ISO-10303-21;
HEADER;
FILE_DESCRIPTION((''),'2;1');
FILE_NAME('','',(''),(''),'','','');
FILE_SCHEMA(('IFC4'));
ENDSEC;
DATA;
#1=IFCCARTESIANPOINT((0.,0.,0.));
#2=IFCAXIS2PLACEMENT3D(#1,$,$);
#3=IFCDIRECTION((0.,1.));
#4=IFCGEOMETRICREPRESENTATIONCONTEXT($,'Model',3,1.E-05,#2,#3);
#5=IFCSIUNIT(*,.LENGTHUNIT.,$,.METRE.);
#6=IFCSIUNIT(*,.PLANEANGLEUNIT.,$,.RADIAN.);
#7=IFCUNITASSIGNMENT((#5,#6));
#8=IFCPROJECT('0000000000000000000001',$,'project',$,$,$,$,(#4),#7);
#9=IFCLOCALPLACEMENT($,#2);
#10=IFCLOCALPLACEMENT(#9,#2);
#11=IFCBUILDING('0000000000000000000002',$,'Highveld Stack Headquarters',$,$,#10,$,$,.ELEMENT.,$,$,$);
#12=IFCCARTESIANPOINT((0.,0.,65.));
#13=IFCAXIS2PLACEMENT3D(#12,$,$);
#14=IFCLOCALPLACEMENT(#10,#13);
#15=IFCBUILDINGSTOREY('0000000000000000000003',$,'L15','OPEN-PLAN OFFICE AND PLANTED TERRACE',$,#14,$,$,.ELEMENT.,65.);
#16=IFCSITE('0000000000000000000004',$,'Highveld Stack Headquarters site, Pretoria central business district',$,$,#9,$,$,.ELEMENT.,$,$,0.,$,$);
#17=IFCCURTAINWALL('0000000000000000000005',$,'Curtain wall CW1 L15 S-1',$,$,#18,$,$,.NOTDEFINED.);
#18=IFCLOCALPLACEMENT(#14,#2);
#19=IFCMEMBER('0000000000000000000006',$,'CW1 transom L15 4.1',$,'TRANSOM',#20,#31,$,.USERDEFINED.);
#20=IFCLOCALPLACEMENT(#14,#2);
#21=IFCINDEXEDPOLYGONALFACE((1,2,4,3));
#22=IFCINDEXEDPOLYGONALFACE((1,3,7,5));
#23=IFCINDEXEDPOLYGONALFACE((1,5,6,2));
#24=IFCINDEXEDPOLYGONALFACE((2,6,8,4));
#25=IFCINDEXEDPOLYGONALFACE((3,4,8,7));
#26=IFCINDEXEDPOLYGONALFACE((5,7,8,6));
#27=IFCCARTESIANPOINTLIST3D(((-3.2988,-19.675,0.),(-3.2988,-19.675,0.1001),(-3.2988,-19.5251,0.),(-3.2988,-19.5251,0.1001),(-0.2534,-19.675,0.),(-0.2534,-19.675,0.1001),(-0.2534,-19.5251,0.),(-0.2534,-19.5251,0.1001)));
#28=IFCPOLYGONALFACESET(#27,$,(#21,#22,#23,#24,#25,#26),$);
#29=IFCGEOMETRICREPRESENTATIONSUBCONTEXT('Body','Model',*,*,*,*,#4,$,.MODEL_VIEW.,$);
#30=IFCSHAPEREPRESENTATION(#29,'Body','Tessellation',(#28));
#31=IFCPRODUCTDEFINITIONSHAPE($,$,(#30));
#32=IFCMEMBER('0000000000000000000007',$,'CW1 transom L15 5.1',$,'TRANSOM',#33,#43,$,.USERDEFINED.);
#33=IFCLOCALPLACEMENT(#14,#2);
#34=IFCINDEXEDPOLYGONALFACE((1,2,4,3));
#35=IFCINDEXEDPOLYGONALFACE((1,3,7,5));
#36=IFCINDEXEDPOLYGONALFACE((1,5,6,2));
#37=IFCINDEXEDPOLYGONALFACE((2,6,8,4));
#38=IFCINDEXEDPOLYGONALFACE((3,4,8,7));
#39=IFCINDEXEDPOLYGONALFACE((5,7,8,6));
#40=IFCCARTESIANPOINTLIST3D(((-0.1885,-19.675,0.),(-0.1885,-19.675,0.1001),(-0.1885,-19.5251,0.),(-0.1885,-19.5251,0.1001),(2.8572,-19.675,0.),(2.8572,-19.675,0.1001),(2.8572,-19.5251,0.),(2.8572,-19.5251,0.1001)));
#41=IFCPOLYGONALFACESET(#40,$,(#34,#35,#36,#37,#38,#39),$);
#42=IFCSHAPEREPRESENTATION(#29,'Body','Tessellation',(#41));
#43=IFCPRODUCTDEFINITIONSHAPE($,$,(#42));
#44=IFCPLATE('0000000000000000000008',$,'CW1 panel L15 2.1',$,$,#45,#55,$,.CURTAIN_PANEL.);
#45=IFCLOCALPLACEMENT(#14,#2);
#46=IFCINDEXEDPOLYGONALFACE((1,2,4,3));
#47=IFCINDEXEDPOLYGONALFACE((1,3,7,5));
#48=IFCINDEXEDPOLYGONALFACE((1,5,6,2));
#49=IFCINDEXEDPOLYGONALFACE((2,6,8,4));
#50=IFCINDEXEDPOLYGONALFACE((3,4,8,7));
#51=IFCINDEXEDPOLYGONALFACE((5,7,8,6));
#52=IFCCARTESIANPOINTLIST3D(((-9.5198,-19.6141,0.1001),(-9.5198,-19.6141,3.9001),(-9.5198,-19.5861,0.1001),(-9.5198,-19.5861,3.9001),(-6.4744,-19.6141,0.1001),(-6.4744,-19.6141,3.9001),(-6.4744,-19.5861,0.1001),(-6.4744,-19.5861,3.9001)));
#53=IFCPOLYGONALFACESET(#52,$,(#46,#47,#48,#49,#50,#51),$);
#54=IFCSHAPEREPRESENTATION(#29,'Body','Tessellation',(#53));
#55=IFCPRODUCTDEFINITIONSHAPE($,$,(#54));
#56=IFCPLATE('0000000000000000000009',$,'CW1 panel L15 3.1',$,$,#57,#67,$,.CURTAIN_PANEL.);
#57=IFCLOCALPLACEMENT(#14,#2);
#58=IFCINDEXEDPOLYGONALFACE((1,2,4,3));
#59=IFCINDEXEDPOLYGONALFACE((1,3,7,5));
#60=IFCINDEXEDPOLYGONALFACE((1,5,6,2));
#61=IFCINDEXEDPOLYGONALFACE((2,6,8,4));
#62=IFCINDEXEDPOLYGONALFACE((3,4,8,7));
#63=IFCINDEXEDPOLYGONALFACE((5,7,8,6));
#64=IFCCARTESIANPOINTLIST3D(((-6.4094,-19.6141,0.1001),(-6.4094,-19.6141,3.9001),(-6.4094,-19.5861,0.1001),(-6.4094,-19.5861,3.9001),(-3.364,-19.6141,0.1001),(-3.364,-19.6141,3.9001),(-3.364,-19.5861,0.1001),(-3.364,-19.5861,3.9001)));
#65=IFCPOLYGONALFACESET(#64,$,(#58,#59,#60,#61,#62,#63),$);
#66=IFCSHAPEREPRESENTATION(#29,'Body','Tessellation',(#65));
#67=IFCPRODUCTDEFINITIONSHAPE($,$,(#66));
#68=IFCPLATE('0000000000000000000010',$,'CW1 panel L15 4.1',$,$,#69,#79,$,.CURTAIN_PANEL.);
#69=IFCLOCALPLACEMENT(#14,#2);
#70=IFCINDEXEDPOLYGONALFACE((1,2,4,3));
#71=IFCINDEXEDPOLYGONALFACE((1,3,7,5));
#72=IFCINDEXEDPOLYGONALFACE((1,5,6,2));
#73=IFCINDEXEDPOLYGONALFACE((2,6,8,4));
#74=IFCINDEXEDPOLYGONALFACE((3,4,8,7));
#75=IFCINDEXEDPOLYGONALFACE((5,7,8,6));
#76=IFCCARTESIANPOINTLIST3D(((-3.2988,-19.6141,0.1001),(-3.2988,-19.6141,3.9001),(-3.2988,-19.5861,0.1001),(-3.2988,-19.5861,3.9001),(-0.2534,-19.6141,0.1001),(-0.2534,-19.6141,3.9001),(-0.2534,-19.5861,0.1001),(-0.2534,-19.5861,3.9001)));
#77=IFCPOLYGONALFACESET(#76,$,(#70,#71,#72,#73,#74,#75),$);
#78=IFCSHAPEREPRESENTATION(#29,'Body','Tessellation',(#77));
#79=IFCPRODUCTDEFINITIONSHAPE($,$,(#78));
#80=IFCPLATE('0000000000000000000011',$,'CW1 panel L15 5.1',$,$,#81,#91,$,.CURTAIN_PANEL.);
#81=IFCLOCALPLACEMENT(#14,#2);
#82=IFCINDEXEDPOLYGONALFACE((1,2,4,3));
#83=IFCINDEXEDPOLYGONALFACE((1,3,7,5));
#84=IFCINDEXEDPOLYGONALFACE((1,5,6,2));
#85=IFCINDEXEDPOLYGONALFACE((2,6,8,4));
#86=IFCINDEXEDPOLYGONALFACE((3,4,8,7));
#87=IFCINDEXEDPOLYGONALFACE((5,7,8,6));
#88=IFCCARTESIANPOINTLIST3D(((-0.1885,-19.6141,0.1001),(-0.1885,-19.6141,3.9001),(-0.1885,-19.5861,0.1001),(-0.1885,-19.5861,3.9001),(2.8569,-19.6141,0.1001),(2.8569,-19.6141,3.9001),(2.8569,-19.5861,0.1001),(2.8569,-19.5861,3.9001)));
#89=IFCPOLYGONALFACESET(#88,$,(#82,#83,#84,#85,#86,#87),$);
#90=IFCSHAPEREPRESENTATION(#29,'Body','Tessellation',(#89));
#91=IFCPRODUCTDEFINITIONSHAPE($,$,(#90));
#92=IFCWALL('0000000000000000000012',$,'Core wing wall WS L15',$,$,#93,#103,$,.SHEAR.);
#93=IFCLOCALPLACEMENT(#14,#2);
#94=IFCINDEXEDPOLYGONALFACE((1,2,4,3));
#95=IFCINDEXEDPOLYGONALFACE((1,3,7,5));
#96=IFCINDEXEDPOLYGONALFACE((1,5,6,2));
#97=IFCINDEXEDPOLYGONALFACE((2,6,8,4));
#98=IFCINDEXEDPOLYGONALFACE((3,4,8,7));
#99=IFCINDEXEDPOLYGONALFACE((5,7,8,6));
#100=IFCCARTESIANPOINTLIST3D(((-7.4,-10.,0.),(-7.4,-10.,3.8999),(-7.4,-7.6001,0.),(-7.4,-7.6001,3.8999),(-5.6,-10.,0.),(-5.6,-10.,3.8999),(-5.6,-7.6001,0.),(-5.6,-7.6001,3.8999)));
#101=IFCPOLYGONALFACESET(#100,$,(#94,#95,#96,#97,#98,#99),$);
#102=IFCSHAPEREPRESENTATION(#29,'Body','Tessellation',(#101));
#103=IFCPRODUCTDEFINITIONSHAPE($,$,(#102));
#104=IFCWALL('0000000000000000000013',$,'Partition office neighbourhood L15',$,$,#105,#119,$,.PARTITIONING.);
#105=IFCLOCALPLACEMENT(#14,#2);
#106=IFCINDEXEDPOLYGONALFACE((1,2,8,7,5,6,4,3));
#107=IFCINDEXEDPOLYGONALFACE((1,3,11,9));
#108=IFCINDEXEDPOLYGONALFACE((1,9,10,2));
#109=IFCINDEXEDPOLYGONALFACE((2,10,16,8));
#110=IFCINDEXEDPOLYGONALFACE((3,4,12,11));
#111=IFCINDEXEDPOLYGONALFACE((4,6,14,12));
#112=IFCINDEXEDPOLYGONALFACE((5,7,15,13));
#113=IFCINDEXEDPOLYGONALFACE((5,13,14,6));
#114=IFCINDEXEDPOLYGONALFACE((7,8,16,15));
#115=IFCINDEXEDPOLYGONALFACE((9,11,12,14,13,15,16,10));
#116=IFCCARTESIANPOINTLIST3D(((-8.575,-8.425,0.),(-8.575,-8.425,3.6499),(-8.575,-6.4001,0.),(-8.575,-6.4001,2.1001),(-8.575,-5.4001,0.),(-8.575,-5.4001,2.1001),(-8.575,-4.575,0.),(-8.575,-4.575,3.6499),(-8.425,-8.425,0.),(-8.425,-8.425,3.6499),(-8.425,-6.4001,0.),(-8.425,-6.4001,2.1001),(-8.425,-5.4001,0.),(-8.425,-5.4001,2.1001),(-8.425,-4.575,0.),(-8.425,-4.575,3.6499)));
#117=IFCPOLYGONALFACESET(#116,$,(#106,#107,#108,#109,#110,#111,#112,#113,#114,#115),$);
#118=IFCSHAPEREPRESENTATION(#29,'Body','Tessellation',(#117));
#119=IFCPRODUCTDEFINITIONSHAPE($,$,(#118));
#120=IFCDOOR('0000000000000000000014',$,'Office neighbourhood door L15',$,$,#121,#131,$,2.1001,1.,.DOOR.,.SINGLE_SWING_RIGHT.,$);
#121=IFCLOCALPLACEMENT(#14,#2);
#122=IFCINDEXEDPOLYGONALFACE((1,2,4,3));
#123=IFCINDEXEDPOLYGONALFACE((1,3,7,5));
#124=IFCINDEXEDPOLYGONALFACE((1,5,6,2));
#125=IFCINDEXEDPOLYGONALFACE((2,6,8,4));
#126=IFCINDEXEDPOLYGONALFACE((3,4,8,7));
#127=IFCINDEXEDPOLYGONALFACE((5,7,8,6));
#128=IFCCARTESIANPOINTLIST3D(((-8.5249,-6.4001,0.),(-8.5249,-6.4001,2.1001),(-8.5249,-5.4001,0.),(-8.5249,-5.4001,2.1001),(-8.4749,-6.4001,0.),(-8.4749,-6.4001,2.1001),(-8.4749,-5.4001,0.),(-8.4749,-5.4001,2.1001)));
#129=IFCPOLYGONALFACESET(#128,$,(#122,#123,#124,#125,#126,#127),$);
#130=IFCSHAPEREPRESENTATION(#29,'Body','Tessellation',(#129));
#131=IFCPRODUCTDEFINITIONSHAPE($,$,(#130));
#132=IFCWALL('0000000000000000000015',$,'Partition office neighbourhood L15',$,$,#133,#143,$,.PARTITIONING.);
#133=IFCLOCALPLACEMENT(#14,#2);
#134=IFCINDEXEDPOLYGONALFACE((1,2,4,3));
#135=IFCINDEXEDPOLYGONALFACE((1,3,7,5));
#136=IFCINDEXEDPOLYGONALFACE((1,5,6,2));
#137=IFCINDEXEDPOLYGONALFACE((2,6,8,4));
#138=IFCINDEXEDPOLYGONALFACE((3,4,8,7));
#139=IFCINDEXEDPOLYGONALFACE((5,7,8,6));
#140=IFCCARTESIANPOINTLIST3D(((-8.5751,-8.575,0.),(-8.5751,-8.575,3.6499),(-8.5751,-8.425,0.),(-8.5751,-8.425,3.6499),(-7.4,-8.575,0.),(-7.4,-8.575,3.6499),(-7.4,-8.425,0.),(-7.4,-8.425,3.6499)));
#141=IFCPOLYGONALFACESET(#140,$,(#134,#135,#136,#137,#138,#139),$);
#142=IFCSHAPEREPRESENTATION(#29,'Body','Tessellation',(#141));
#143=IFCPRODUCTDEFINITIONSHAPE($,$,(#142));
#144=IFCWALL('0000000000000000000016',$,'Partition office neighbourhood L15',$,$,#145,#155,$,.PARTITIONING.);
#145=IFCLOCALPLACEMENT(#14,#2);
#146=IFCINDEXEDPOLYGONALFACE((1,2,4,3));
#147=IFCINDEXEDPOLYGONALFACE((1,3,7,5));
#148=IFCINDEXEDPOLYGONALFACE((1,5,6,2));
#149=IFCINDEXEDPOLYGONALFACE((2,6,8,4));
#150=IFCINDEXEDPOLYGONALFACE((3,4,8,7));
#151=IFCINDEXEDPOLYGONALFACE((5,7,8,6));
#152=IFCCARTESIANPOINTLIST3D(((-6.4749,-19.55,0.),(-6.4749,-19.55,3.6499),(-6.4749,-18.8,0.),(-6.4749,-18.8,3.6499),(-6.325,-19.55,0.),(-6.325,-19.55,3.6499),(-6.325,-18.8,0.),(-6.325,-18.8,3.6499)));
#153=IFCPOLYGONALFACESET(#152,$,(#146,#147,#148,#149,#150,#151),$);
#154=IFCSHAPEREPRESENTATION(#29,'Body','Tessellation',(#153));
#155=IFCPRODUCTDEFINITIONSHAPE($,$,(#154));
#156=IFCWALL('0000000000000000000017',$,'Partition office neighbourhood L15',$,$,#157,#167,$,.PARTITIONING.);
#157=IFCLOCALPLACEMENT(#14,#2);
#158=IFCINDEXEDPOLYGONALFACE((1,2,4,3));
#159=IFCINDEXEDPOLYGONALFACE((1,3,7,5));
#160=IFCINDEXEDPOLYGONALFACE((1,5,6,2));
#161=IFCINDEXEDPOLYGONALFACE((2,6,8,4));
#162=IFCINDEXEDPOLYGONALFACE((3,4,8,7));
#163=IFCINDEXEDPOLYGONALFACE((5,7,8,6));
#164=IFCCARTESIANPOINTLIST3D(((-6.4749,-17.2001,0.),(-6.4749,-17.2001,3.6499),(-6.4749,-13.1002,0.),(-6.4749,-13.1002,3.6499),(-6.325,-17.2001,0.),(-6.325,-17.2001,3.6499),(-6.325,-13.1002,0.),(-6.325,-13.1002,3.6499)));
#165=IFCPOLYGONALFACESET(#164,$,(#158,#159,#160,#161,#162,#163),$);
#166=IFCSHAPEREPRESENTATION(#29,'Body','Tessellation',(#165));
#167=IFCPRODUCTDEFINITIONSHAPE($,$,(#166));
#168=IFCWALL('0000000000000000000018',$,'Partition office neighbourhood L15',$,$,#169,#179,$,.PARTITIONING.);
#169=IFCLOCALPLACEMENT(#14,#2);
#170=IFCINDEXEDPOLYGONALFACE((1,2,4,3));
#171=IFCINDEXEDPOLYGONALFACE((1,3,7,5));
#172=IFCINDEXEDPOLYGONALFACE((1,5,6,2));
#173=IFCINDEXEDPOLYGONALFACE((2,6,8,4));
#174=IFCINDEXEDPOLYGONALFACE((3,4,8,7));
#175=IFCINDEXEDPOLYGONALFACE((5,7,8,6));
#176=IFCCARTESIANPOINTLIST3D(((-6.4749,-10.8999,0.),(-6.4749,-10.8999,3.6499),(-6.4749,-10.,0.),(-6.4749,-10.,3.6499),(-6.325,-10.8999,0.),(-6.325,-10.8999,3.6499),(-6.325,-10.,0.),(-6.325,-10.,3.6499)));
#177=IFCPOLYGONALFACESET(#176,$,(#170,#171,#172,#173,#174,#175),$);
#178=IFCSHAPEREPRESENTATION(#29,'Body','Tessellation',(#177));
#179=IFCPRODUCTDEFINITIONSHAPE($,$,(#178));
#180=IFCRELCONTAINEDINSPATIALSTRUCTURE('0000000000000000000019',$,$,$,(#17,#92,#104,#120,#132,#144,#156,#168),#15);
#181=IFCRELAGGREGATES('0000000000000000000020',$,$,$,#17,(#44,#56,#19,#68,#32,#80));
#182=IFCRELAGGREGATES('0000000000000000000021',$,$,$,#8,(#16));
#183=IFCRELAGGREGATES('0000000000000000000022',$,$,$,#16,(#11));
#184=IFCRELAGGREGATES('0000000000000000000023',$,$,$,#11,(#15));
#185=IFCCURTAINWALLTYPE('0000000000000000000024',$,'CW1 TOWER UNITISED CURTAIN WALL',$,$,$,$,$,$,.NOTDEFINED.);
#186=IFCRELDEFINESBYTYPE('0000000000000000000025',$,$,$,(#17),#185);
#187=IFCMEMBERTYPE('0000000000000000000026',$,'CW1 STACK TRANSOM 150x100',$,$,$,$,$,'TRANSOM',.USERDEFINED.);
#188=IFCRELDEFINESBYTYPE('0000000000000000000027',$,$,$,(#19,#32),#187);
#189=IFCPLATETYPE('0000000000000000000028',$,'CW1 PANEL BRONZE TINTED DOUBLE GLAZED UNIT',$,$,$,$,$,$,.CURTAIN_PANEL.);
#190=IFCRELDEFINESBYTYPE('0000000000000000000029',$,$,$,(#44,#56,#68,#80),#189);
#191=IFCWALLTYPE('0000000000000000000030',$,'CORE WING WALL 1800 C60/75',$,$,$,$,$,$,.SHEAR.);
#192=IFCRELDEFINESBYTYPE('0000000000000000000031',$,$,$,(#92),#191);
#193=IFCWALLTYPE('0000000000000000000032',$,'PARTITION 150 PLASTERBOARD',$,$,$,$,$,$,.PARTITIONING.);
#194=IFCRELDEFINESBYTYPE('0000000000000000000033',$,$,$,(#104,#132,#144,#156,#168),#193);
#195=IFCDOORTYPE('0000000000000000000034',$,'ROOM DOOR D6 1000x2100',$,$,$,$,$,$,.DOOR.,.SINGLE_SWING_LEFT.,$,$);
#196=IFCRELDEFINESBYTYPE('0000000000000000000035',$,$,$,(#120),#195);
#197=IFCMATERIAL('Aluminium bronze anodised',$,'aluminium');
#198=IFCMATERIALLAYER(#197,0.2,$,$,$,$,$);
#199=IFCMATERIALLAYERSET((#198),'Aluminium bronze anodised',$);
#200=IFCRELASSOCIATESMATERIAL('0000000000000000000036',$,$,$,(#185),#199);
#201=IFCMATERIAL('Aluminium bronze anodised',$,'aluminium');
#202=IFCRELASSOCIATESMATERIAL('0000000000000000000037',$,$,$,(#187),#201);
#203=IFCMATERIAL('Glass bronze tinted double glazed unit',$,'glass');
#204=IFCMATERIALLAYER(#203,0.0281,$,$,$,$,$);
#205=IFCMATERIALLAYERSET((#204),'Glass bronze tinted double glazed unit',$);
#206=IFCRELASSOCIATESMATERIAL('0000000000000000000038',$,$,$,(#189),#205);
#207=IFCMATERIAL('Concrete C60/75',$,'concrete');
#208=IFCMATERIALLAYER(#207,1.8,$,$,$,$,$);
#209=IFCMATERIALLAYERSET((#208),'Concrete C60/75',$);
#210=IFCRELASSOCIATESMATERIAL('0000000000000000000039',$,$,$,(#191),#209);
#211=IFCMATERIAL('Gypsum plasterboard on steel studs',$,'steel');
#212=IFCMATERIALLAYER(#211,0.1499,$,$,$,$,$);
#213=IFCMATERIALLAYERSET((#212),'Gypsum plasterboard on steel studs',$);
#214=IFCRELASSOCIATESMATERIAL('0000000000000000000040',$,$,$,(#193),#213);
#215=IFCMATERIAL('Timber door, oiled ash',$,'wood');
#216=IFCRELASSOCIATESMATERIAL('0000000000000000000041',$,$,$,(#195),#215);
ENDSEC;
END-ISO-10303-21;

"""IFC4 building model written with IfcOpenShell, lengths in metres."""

from ifc_helpers import new_model, si_unit, direction, frame, frame_2d, origin, origin_2d, place, context, subcontext, project, spatial, rectangle, extrude, material, layer, layer_set, material_profile, profile_set, type_object, element, fill, aggregate, save


model = new_model("IFC4")

# Units and contexts
model_context = context("Model", 3, precision=1e-05, world=origin(), true_north=direction((0.0, 1.0)))
body_context = subcontext(model_context, "Body", "Model", "MODEL_VIEW")
ifc_project = project(units=[si_unit("LENGTHUNIT", "METRE"), si_unit("PLANEANGLEUNIT", "RADIAN")], contexts=[model_context])

# Site, building, storey
site_placement = place(None, origin())
site = spatial("IfcSite", under=ifc_project, at=site_placement, Name="Highveld Stack Headquarters site, Pretoria central business district", CompositionType="ELEMENT", RefElevation=0.0)
building_placement = place(site_placement, origin())
building = spatial("IfcBuilding", under=site, at=building_placement, Name="Highveld Stack Headquarters", CompositionType="ELEMENT")
storey_placement = place(building_placement, frame((0.0, 0.0, 65.0)))
storey = spatial("IfcBuildingStorey", under=building, at=storey_placement, Name="L15", Description="OPEN-PLAN OFFICE AND PLANTED TERRACE", CompositionType="ELEMENT", Elevation=65.0)

# Curtain wall, members, plates
ifc_material_1 = material(Name="Aluminium bronze anodised", Category="aluminium")
ifc_layer_1 = layer(ifc_material_1, 0.2)
ifc_layer_set_1 = layer_set([ifc_layer_1], Name="Aluminium bronze anodised")
curtain_wall_type = type_object("IfcCurtainWallType", Name="CW1 TOWER UNITISED CURTAIN WALL", PredefinedType="NOTDEFINED", material=ifc_layer_set_1)
curtain_wall_placement = place(storey_placement, origin())
curtain_wall = element("IfcCurtainWall", 1, at=curtain_wall_placement, inside=storey, type_object=curtain_wall_type, Name="Curtain wall CW1 L15 S-1", PredefinedType="NOTDEFINED")
ifc_material_2 = material(Name="Aluminium bronze anodised", Category="aluminium")
ifc_material_profile_1 = material_profile(ifc_material_2, rectangle(XDim=0.1499, YDim=0.1001, at=origin_2d()), Name="CW1 TRANSOM 150x100")
ifc_profile_set_1 = profile_set([ifc_material_profile_1], Name="Aluminium bronze anodised")
member_type_1 = type_object("IfcMemberType", Name="CW1 STACK TRANSOM 150x100", ElementType="TRANSOM", PredefinedType="USERDEFINED", material=ifc_profile_set_1)
member_1_placement = place(storey_placement, frame((-3.2988, -19.6001, 0.05), z_axis=(1.0, 0.0, 0.0), x_axis=(0.0, 1.0, 0.0)))
member_1 = element("IfcMember", 2, at=member_1_placement, type_object=member_type_1, Name="CW1 transom L15 4.1", ObjectType="TRANSOM", PredefinedType="USERDEFINED", context=body_context, shape_type="SweptSolid", body=[
    extrude(rectangle(XDim=0.1499, YDim=0.1001, at=origin_2d()), origin(), (0.0, 0.0, 1.0), 3.0454),
])
member_2_placement = place(storey_placement, frame((-0.1885, -19.6001, 0.05), z_axis=(1.0, 0.0, 0.0), x_axis=(0.0, 1.0, 0.0)))
member_2 = element("IfcMember", 3, at=member_2_placement, type_object=member_type_1, Name="CW1 transom L15 5.1", ObjectType="TRANSOM", PredefinedType="USERDEFINED", context=body_context, shape_type="SweptSolid", body=[
    extrude(rectangle(XDim=0.1499, YDim=0.1001, at=origin_2d()), origin(), (0.0, 0.0, 1.0), 3.0457),
])
ifc_material_3 = material(Name="Glass bronze tinted double glazed unit", Category="glass")
ifc_layer_2 = layer(ifc_material_3, 0.0281)
ifc_layer_set_2 = layer_set([ifc_layer_2], Name="Glass bronze tinted double glazed unit")
plate_type = type_object("IfcPlateType", Name="CW1 PANEL BRONZE TINTED DOUBLE GLAZED UNIT", PredefinedType="CURTAIN_PANEL", material=ifc_layer_set_2)
plate_1_placement = place(storey_placement, frame((-7.9971, -19.6001, 0.1001), z_axis=(0.0, 0.0, 1.0), x_axis=(1.0, 0.0, 0.0)))
plate_1 = element("IfcPlate", 4, at=plate_1_placement, type_object=plate_type, Name="CW1 panel L15 2.1", PredefinedType="CURTAIN_PANEL", context=body_context, shape_type="SweptSolid", body=[
    extrude(rectangle(XDim=3.0454, YDim=0.0281, at=origin_2d()), origin(), (0.0, 0.0, 1.0), 3.8),
])
plate_2_placement = place(storey_placement, frame((-4.8867, -19.6001, 0.1001), z_axis=(0.0, 0.0, 1.0), x_axis=(1.0, 0.0, 0.0)))
plate_2 = element("IfcPlate", 5, at=plate_2_placement, type_object=plate_type, Name="CW1 panel L15 3.1", PredefinedType="CURTAIN_PANEL", context=body_context, shape_type="SweptSolid", body=[
    extrude(rectangle(XDim=3.0454, YDim=0.0281, at=origin_2d()), origin(), (0.0, 0.0, 1.0), 3.8),
])
plate_3_placement = place(storey_placement, frame((-1.7761, -19.6001, 0.1001), z_axis=(0.0, 0.0, 1.0), x_axis=(1.0, 0.0, 0.0)))
plate_3 = element("IfcPlate", 6, at=plate_3_placement, type_object=plate_type, Name="CW1 panel L15 4.1", PredefinedType="CURTAIN_PANEL", context=body_context, shape_type="SweptSolid", body=[
    extrude(rectangle(XDim=3.0454, YDim=0.0281, at=origin_2d()), origin(), (0.0, 0.0, 1.0), 3.8),
])
plate_4_placement = place(storey_placement, frame((1.3342, -19.6001, 0.1001), z_axis=(0.0, 0.0, 1.0), x_axis=(1.0, 0.0, 0.0)))
plate_4 = element("IfcPlate", 7, at=plate_4_placement, type_object=plate_type, Name="CW1 panel L15 5.1", PredefinedType="CURTAIN_PANEL", context=body_context, shape_type="SweptSolid", body=[
    extrude(rectangle(XDim=3.0454, YDim=0.0281, at=origin_2d()), origin(), (0.0, 0.0, 1.0), 3.8),
])
aggregate(curtain_wall, [plate_1, plate_2, member_1, plate_3, member_2, plate_4])

# Wall
ifc_material_4 = material(Name="Concrete C60/75", Category="concrete")
ifc_layer_3 = layer(ifc_material_4, 1.8)
ifc_layer_set_3 = layer_set([ifc_layer_3], Name="Concrete C60/75")
wall_type_1 = type_object("IfcWallType", Name="CORE WING WALL 1800 C60/75", PredefinedType="SHEAR", material=ifc_layer_set_3)
wall_1_placement = place(storey_placement, frame((-6.5, -10.0, 0.0), z_axis=(0.0, 0.0, 1.0), x_axis=(0.0, 1.0, 0.0)))
element("IfcWall", 8, at=wall_1_placement, inside=storey, type_object=wall_type_1, Name="Core wing wall WS L15", PredefinedType="SHEAR", context=body_context, shape_type="SweptSolid", body=[
    extrude(rectangle(XDim=2.3999, YDim=1.8, at=frame_2d((1.2, 0.0))), origin(), (0.0, 0.0, 1.0), 3.8999),
])

# Wall, opening, door
ifc_material_5 = material(Name="Gypsum plasterboard on steel studs", Category="steel")
ifc_layer_4 = layer(ifc_material_5, 0.1499)
ifc_layer_set_4 = layer_set([ifc_layer_4], Name="Gypsum plasterboard on steel studs")
wall_type_2 = type_object("IfcWallType", Name="PARTITION 150 PLASTERBOARD", PredefinedType="PARTITIONING", material=ifc_layer_set_4)
wall_2_placement = place(storey_placement, frame((-8.5, -8.425, 0.0), z_axis=(0.0, 0.0, 1.0), x_axis=(0.0, 1.0, 0.0)))
wall_2 = element("IfcWall", 9, at=wall_2_placement, inside=storey, type_object=wall_type_2, Name="Partition office neighbourhood L15", PredefinedType="PARTITIONING", context=body_context, shape_type="SweptSolid", body=[
    extrude(rectangle(XDim=3.8501, YDim=0.1499, at=frame_2d((1.925, 0.0))), origin(), (0.0, 0.0, 1.0), 3.6499),
])
opening_1_placement = place(wall_2_placement, frame((2.0249, 0.0, 0.0)))
opening_1 = element("IfcOpeningElement", 10, at=opening_1_placement, cuts=wall_2, PredefinedType="OPENING", context=body_context, shape_type="SweptSolid", body=[
    extrude(rectangle(XDim=1.0, YDim=2.1001, at=frame_2d((0.5, 1.05))), frame((0.0, 0.085, 0.0), z_axis=(0.0, -1.0, 0.0), x_axis=(1.0, 0.0, 0.0)), (0.0, 0.0, 1.0), 0.1699),
])
ifc_material_6 = material(Name="Timber door, oiled ash", Category="wood")
door_type = type_object("IfcDoorType", Name="ROOM DOOR D6 1000x2100", OperationType="SINGLE_SWING_LEFT", PredefinedType="DOOR", material=ifc_material_6)
door_1_placement = place(opening_1_placement, origin())
door_1 = element("IfcDoor", 11, at=door_1_placement, inside=storey, type_object=door_type, Name="Office neighbourhood door L15", OperationType="SINGLE_SWING_RIGHT", OverallHeight=2.1001, OverallWidth=1.0, PredefinedType="DOOR", context=body_context, shape_type="SweptSolid", body=[
    extrude(rectangle(XDim=1.0, YDim=2.1001, at=frame_2d((0.5, 1.05))), frame((0.0, 0.0249, 0.0), z_axis=(0.0, -1.0, 0.0), x_axis=(1.0, 0.0, 0.0)), (0.0, 0.0, 1.0), 0.05),
])
fill(opening_1, door_1)

# Walls
wall_3_placement = place(storey_placement, frame((-8.575, -8.5, 0.0), z_axis=(0.0, 0.0, 1.0), x_axis=(1.0, 0.0, 0.0)))
element("IfcWall", 12, at=wall_3_placement, inside=storey, type_object=wall_type_2, Name="Partition office neighbourhood L15", PredefinedType="PARTITIONING", context=body_context, shape_type="SweptSolid", body=[
    extrude(rectangle(XDim=1.175, YDim=0.1499, at=frame_2d((0.5874, 0.0))), origin(), (0.0, 0.0, 1.0), 3.6499),
])
wall_4_placement = place(storey_placement, frame((-6.3999, -19.55, 0.0), z_axis=(0.0, 0.0, 1.0), x_axis=(0.0, 1.0, 0.0)))
element("IfcWall", 13, at=wall_4_placement, inside=storey, type_object=wall_type_2, Name="Partition office neighbourhood L15", PredefinedType="PARTITIONING", context=body_context, shape_type="SweptSolid", body=[
    extrude(rectangle(XDim=0.75, YDim=0.1499, at=frame_2d((0.375, 0.0))), origin(), (0.0, 0.0, 1.0), 3.6499),
])
wall_5_placement = place(storey_placement, frame((-6.3999, -17.2, 0.0), z_axis=(0.0, 0.0, 1.0), x_axis=(0.0, 1.0, 0.0)))
element("IfcWall", 14, at=wall_5_placement, inside=storey, type_object=wall_type_2, Name="Partition office neighbourhood L15", PredefinedType="PARTITIONING", context=body_context, shape_type="SweptSolid", body=[
    extrude(rectangle(XDim=4.0999, YDim=0.1499, at=frame_2d((2.0498, 0.0))), origin(), (0.0, 0.0, 1.0), 3.6499),
])
wall_6_placement = place(storey_placement, frame((-6.3999, -10.8999, 0.0), z_axis=(0.0, 0.0, 1.0), x_axis=(0.0, 1.0, 0.0)))
element("IfcWall", 15, at=wall_6_placement, inside=storey, type_object=wall_type_2, Name="Partition office neighbourhood L15", PredefinedType="PARTITIONING", context=body_context, shape_type="SweptSolid", body=[
    extrude(rectangle(XDim=0.8999, YDim=0.1499, at=frame_2d((0.45, 0.0))), origin(), (0.0, 0.0, 1.0), 3.6499),
])

save(model, "model.ifc")
